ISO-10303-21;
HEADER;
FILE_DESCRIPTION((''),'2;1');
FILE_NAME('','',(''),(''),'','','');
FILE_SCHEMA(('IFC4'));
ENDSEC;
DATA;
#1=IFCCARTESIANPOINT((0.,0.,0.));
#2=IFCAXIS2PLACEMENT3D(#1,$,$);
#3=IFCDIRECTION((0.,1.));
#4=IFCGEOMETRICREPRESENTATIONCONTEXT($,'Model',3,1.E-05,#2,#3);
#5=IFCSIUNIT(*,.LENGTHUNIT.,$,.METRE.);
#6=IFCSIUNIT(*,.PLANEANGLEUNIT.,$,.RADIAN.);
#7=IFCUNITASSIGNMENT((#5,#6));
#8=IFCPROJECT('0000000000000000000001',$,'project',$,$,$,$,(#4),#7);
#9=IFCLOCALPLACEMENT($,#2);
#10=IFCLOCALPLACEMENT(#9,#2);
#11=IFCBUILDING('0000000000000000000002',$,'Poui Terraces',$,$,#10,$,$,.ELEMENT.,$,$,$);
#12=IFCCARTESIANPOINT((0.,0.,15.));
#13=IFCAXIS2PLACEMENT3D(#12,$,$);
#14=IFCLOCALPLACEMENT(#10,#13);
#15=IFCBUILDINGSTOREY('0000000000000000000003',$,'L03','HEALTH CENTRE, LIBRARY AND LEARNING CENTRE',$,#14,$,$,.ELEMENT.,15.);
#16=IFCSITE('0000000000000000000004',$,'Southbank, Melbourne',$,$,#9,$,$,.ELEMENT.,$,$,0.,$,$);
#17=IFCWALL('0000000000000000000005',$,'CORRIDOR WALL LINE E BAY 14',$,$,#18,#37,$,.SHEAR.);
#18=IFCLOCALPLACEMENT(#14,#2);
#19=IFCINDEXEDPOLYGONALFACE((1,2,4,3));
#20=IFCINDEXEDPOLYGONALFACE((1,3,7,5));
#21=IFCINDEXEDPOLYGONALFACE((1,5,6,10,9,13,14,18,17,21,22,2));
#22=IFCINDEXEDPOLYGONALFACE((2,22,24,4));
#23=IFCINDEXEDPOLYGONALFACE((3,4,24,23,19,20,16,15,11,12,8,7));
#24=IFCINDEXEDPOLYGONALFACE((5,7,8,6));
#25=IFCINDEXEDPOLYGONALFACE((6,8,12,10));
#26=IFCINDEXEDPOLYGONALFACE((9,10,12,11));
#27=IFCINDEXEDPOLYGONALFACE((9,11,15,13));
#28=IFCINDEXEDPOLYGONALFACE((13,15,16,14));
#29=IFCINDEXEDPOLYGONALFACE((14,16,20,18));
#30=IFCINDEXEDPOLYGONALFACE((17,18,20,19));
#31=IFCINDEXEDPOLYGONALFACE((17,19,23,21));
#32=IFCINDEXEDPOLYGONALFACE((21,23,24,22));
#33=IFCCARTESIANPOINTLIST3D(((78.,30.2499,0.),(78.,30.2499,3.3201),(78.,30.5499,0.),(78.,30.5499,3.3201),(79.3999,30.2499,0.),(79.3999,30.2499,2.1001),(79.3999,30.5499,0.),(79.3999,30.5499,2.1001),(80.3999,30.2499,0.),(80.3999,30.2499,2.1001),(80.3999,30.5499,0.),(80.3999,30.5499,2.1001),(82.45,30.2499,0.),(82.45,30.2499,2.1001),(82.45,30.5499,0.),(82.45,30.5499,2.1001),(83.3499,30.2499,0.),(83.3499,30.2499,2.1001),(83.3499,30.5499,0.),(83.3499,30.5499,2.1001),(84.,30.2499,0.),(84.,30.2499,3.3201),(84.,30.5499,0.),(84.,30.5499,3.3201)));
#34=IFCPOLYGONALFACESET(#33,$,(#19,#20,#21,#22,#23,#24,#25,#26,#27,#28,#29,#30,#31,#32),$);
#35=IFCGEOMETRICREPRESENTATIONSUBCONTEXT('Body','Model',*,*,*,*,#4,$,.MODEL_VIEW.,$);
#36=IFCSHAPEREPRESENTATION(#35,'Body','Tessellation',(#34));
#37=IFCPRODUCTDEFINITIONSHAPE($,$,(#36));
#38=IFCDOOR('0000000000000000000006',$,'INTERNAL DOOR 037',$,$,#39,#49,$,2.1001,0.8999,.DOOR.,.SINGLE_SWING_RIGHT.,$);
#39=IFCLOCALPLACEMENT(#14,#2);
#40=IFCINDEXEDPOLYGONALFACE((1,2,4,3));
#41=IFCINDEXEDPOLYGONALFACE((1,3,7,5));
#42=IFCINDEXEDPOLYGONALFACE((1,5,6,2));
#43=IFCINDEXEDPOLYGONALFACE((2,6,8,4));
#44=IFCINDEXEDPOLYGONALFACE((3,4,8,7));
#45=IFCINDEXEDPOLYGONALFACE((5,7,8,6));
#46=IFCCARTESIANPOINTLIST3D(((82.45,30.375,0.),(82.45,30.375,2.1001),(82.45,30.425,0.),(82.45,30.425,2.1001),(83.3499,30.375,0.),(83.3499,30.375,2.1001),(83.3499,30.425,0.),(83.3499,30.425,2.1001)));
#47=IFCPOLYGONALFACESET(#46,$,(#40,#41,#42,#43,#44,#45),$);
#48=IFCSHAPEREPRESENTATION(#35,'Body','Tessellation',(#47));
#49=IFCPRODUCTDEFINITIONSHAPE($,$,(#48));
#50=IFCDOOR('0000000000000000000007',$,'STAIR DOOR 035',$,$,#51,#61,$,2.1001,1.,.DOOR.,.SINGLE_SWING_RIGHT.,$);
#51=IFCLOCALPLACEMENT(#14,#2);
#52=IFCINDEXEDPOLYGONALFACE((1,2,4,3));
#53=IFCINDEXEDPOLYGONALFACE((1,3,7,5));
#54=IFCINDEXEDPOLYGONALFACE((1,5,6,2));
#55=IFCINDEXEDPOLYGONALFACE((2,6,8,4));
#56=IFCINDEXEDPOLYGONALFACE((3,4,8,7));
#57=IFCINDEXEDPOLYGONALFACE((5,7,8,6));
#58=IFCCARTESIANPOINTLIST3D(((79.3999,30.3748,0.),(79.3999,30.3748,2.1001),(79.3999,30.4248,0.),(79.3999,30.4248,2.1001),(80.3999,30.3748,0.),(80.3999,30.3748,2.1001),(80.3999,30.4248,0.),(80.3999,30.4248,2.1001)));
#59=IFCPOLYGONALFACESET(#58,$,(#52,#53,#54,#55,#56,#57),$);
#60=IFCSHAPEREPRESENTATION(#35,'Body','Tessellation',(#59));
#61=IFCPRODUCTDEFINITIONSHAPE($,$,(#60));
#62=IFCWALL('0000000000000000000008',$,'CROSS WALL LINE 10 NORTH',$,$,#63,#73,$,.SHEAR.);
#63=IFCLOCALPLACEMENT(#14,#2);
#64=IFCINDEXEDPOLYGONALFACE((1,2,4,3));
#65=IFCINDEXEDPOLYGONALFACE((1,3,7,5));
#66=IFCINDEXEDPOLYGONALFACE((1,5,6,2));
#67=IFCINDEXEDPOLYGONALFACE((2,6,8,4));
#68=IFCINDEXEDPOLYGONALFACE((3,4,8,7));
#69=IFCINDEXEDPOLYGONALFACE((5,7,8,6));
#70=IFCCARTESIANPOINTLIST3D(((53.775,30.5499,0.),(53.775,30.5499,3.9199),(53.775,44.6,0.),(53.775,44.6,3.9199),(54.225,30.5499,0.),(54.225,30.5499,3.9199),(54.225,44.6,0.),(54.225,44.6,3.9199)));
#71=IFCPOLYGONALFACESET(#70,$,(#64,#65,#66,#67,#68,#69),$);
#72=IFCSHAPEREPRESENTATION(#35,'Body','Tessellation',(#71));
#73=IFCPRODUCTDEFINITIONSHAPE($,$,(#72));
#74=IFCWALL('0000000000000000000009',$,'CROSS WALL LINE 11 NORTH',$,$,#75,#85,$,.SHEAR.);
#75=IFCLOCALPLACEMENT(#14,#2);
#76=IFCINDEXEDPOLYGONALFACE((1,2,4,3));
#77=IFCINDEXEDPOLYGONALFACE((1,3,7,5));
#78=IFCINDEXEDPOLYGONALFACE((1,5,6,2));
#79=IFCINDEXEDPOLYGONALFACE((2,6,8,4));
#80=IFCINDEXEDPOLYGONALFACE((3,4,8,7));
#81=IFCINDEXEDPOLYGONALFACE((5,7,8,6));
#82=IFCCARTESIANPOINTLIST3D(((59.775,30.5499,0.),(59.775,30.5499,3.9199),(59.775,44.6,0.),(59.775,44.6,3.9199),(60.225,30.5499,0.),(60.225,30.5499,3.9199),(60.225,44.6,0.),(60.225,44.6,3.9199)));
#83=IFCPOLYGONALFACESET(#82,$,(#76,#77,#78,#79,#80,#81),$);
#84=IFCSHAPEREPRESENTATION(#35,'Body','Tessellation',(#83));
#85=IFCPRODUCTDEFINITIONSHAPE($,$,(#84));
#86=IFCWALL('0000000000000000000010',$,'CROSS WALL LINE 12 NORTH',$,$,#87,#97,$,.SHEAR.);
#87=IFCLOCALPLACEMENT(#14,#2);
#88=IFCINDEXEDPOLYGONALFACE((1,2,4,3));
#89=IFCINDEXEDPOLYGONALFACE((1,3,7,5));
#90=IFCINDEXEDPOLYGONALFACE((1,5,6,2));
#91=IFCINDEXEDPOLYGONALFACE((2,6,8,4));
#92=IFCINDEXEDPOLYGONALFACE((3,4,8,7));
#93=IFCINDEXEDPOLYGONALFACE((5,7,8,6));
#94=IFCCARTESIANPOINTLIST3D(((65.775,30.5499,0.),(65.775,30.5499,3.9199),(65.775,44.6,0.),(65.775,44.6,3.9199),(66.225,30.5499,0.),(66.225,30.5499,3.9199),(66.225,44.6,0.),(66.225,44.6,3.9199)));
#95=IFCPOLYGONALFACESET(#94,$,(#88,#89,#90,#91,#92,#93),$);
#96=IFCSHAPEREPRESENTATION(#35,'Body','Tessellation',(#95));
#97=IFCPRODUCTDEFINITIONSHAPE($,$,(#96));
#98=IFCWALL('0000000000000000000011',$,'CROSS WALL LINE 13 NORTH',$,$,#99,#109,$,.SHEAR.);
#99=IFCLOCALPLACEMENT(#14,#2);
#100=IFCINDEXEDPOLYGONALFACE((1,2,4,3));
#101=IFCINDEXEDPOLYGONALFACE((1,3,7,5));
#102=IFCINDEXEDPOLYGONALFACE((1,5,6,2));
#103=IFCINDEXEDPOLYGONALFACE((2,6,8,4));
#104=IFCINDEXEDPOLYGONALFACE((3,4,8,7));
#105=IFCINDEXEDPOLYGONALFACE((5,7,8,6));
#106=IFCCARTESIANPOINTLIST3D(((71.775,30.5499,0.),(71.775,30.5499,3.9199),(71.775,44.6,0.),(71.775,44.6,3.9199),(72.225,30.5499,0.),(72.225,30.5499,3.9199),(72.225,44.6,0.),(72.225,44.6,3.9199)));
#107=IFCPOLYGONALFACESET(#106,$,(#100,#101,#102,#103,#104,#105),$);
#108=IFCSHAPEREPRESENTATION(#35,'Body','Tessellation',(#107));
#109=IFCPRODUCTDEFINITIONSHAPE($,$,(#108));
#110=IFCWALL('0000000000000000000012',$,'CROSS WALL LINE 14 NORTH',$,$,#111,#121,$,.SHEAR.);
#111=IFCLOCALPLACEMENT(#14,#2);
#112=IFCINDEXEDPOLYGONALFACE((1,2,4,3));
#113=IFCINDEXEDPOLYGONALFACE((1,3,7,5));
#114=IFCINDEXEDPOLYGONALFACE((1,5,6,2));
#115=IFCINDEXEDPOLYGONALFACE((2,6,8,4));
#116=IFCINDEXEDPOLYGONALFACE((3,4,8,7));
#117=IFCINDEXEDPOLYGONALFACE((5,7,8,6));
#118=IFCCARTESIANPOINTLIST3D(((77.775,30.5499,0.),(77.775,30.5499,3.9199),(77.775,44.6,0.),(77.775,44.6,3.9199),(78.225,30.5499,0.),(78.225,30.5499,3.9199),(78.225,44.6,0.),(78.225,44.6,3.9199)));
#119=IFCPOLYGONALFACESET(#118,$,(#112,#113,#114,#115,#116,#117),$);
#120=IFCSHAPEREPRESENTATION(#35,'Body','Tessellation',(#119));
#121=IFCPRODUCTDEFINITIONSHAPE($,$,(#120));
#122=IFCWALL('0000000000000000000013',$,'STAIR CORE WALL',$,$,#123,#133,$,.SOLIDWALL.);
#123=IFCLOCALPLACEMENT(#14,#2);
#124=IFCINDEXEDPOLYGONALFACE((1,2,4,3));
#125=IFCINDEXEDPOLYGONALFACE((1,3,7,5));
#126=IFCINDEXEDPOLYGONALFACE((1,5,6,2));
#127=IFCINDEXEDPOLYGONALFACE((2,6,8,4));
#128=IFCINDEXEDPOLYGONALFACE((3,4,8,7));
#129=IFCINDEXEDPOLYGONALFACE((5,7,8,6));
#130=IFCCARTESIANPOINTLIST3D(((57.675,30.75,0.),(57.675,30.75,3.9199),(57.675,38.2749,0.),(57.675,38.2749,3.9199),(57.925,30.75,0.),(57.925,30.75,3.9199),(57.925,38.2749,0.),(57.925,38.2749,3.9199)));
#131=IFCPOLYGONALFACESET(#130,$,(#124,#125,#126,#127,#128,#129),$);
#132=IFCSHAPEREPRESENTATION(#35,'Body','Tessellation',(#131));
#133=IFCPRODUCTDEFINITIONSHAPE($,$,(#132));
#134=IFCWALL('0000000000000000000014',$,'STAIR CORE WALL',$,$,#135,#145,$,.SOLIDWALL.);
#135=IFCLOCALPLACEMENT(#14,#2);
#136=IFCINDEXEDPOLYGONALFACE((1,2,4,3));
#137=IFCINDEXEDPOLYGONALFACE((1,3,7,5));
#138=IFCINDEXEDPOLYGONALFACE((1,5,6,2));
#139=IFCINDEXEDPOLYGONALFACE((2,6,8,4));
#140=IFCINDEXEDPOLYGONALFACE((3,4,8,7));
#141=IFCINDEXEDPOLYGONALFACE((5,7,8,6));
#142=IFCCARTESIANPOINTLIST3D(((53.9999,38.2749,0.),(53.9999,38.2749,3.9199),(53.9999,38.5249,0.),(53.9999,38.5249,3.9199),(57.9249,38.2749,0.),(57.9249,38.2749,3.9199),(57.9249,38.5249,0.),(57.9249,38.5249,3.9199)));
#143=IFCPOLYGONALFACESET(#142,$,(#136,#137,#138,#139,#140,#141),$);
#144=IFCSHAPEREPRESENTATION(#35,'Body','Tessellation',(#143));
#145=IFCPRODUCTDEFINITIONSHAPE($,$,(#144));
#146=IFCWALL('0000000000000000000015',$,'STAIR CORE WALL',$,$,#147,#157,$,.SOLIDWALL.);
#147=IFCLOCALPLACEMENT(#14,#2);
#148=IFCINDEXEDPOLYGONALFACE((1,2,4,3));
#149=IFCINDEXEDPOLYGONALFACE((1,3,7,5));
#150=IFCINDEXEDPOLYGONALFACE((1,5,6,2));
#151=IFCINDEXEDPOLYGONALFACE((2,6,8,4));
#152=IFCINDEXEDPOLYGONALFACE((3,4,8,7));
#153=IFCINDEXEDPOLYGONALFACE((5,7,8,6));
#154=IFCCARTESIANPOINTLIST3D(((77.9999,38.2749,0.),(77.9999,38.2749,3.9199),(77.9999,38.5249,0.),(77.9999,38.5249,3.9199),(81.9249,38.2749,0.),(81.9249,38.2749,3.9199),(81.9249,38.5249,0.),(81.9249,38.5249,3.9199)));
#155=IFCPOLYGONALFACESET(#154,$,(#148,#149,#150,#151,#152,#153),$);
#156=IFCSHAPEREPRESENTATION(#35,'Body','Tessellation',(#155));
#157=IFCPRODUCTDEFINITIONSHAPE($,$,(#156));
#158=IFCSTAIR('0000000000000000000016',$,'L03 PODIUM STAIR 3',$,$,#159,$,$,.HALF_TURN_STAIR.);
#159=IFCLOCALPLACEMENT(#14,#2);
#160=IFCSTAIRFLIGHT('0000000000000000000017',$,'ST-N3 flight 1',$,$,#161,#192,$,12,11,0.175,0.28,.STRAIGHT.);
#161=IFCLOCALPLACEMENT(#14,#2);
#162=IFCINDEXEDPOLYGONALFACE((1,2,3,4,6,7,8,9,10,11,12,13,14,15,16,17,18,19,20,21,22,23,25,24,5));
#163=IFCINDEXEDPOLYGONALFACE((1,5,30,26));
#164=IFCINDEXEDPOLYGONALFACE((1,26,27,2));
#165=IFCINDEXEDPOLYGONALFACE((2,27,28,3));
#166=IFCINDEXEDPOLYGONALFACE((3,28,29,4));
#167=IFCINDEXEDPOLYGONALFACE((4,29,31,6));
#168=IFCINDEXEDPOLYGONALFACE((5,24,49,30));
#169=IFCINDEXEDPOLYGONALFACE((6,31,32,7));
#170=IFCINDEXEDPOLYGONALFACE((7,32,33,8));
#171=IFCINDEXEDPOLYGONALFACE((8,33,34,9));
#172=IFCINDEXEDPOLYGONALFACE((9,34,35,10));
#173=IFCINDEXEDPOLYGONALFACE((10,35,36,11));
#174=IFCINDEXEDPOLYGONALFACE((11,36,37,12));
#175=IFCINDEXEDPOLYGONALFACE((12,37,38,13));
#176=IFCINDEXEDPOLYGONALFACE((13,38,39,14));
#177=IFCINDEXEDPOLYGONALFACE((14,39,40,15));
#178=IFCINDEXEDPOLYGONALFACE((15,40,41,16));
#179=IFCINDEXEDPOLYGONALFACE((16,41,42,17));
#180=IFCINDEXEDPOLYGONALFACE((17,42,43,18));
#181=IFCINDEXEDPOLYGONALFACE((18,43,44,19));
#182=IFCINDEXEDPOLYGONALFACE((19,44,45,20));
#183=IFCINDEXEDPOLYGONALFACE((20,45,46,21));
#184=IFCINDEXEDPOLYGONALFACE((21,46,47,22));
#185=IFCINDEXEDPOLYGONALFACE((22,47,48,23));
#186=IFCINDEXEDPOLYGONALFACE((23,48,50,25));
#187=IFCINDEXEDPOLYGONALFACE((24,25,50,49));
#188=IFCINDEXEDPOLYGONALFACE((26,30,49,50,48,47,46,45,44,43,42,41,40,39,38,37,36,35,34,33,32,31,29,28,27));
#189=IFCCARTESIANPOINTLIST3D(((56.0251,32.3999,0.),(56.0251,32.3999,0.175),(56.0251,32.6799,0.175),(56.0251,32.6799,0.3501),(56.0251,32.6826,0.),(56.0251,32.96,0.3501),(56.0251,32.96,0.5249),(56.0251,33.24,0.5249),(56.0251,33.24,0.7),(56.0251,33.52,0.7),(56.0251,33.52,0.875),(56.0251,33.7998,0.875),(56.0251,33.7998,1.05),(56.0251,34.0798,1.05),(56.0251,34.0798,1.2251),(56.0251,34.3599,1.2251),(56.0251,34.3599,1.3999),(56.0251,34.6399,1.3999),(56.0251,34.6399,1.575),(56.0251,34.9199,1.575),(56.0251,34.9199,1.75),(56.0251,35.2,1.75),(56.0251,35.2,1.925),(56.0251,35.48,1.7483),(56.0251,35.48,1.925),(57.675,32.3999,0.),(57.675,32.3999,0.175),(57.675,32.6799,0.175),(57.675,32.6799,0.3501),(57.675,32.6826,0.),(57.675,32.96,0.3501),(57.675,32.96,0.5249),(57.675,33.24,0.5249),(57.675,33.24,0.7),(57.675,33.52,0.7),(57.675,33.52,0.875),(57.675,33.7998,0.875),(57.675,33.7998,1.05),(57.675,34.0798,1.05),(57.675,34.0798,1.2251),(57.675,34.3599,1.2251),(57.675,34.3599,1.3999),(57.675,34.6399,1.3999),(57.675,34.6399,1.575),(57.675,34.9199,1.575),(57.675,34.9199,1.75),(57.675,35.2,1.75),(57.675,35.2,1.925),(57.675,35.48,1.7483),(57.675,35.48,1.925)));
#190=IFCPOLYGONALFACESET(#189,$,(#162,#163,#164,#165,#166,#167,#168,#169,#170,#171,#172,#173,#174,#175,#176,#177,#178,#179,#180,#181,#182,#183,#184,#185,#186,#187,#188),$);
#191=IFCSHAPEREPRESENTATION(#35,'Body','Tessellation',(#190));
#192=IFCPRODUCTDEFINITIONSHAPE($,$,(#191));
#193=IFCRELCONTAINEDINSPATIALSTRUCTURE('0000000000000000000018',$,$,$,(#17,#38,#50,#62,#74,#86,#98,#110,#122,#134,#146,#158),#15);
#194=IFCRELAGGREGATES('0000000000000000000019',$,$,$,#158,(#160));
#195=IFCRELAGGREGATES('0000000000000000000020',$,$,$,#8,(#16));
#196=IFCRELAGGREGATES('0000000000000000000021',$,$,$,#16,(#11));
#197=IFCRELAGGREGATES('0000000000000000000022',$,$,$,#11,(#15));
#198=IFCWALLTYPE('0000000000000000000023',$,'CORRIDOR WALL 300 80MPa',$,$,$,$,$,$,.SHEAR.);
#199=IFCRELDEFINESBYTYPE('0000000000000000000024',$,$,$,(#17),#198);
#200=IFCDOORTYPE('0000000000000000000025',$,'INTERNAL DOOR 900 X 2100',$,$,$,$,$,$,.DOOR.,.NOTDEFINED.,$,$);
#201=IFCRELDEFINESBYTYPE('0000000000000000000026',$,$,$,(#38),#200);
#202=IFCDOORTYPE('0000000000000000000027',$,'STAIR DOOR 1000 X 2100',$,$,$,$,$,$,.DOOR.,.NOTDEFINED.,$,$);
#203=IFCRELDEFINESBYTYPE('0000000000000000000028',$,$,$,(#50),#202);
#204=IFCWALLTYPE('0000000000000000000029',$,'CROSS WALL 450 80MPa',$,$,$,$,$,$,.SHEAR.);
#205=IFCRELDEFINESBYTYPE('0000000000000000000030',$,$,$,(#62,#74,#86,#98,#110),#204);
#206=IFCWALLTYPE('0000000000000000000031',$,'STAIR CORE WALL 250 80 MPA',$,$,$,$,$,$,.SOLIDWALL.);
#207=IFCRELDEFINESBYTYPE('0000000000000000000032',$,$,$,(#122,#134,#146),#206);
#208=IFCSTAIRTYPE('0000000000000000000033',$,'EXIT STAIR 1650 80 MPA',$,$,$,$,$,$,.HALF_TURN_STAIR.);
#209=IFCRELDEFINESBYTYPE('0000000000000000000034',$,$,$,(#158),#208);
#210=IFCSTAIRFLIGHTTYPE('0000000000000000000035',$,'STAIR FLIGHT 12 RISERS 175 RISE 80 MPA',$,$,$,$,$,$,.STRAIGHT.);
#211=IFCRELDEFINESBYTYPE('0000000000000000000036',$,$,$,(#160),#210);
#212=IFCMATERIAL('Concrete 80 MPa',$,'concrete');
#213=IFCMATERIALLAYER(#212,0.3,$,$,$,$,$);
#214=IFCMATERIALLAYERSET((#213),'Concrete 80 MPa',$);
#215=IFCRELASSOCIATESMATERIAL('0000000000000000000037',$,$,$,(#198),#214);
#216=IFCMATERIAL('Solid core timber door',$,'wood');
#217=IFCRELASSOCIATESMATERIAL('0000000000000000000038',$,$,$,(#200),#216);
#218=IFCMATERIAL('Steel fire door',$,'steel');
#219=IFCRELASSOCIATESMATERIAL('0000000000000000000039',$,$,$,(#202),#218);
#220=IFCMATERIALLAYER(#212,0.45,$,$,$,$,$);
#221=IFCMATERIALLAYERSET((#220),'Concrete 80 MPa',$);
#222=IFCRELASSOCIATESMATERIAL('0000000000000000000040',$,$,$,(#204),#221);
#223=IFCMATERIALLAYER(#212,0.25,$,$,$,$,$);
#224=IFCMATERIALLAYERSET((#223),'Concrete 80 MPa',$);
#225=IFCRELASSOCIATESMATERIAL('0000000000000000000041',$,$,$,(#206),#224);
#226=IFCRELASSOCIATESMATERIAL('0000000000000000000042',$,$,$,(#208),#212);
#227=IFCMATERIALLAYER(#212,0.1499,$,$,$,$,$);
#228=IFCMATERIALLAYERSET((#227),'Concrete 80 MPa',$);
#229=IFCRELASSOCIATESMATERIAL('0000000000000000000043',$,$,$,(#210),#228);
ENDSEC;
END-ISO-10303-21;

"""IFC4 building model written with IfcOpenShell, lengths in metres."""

from ifc_helpers import new_model, si_unit, direction, frame, frame_2d, origin, place, context, subcontext, project, spatial, polyline, rectangle, outline, extrude, material, layer, layer_set, type_object, element, fill, aggregate, save


model = new_model("IFC4")

# Units and contexts
model_context = context("Model", 3, precision=1e-05, world=origin(), true_north=direction((0.0, 1.0)))
body_context = subcontext(model_context, "Body", "Model", "MODEL_VIEW")
ifc_project = project(units=[si_unit("LENGTHUNIT", "METRE"), si_unit("PLANEANGLEUNIT", "RADIAN")], contexts=[model_context])

# Site, building, storey
site_placement = place(None, origin())
site = spatial("IfcSite", under=ifc_project, at=site_placement, Name="Southbank, Melbourne", CompositionType="ELEMENT", RefElevation=0.0)
building_placement = place(site_placement, origin())
building = spatial("IfcBuilding", under=site, at=building_placement, Name="Poui Terraces", CompositionType="ELEMENT")
storey_placement = place(building_placement, frame((0.0, 0.0, 15.0)))
storey = spatial("IfcBuildingStorey", under=building, at=storey_placement, Name="L03", Description="HEALTH CENTRE, LIBRARY AND LEARNING CENTRE", CompositionType="ELEMENT", Elevation=15.0)

# Shared definitions
ifc_material_1 = material(Name="Concrete 80 MPa", Category="concrete")

# Shared definitions
ifc_material_2 = material(Name="Solid core timber door", Category="wood")

# Shared definitions
ifc_material_3 = material(Name="Steel fire door", Category="steel")

# Wall, openings, doors
ifc_layer_1 = layer(ifc_material_1, 0.3)
ifc_layer_set_1 = layer_set([ifc_layer_1], Name="Concrete 80 MPa")
wall_type_1 = type_object("IfcWallType", Name="CORRIDOR WALL 300 80MPa", PredefinedType="SHEAR", material=ifc_layer_set_1)
wall_1_placement = place(storey_placement, frame((78.0, 30.3999, 0.0), z_axis=(0.0, 0.0, 1.0), x_axis=(1.0, 0.0, 0.0)))
wall_1 = element("IfcWall", 1, at=wall_1_placement, inside=storey, type_object=wall_type_1, Name="CORRIDOR WALL LINE E BAY 14", PredefinedType="SHEAR", context=body_context, shape_type="SweptSolid", body=[
    extrude(rectangle(XDim=6.0, YDim=0.3, at=frame_2d((3.0, 0.0))), origin(), (0.0, 0.0, 1.0), 3.3201),
])
opening_1_placement = place(wall_1_placement, frame((1.3999, 0.0, 0.0)))
opening_1 = element("IfcOpeningElement", 2, at=opening_1_placement, cuts=wall_1, PredefinedType="OPENING", context=body_context, shape_type="SweptSolid", body=[
    extrude(rectangle(XDim=1.0, YDim=2.1001, at=frame_2d((0.5, 1.05))), frame((0.0, 0.1602, 0.0), z_axis=(0.0, -1.0, 0.0), x_axis=(1.0, 0.0, 0.0)), (0.0, 0.0, 1.0), 0.3201),
])
opening_2_placement = place(wall_1_placement, frame((4.45, 0.0, 0.0)))
opening_2 = element("IfcOpeningElement", 3, at=opening_2_placement, cuts=wall_1, PredefinedType="OPENING", context=body_context, shape_type="SweptSolid", body=[
    extrude(rectangle(XDim=0.8999, YDim=2.1001, at=frame_2d((0.45, 1.05))), frame((0.0, 0.1602, 0.0), z_axis=(0.0, -1.0, 0.0), x_axis=(1.0, 0.0, 0.0)), (0.0, 0.0, 1.0), 0.3201),
])
door_type_1 = type_object("IfcDoorType", Name="INTERNAL DOOR 900 X 2100", OperationType="NOTDEFINED", PredefinedType="DOOR", material=ifc_material_2)
door_1_placement = place(opening_2_placement, frame((0.8999, 0.0, 0.0), z_axis=(0.0, 0.0, 1.0), x_axis=(-1.0, 0.0, 0.0)))
door_1 = element("IfcDoor", 4, at=door_1_placement, inside=storey, type_object=door_type_1, Name="INTERNAL DOOR 037", OperationType="SINGLE_SWING_RIGHT", OverallHeight=2.1001, OverallWidth=0.8999, PredefinedType="DOOR", context=body_context, shape_type="SweptSolid", body=[
    extrude(rectangle(XDim=0.8999, YDim=2.1001, at=frame_2d((0.45, 1.05))), frame((0.0, 0.0249, 0.0), z_axis=(0.0, -1.0, 0.0), x_axis=(1.0, 0.0, 0.0)), (0.0, 0.0, 1.0), 0.05),
])
fill(opening_2, door_1)
door_type_2 = type_object("IfcDoorType", Name="STAIR DOOR 1000 X 2100", OperationType="NOTDEFINED", PredefinedType="DOOR", material=ifc_material_3)
door_2_placement = place(opening_1_placement, origin())
door_2 = element("IfcDoor", 5, at=door_2_placement, inside=storey, type_object=door_type_2, Name="STAIR DOOR 035", OperationType="SINGLE_SWING_RIGHT", OverallHeight=2.1001, OverallWidth=1.0, PredefinedType="DOOR", context=body_context, shape_type="SweptSolid", body=[
    extrude(rectangle(XDim=1.0, YDim=2.1001, at=frame_2d((0.5, 1.05))), frame((0.0, 0.0249, 0.0), z_axis=(0.0, -1.0, 0.0), x_axis=(1.0, 0.0, 0.0)), (0.0, 0.0, 1.0), 0.05),
])
fill(opening_1, door_2)

# Walls
ifc_layer_2 = layer(ifc_material_1, 0.45)
ifc_layer_set_2 = layer_set([ifc_layer_2], Name="Concrete 80 MPa")
wall_type_2 = type_object("IfcWallType", Name="CROSS WALL 450 80MPa", PredefinedType="SHEAR", material=ifc_layer_set_2)
for number, where, z_axis, x_axis, name in (
    (6, (54.0, 30.55, 0.0), (0.0, 0.0, 1.0), (0.0, 1.0, 0.0), "CROSS WALL LINE 10 NORTH"),
    (7, (60.0, 30.55, 0.0), (0.0, 0.0, 1.0), (0.0, 1.0, 0.0), "CROSS WALL LINE 11 NORTH"),
    (8, (66.0, 30.55, 0.0), (0.0, 0.0, 1.0), (0.0, 1.0, 0.0), "CROSS WALL LINE 12 NORTH"),
    (9, (72.0, 30.55, 0.0), (0.0, 0.0, 1.0), (0.0, 1.0, 0.0), "CROSS WALL LINE 13 NORTH"),
    (10, (78.0, 30.55, 0.0), (0.0, 0.0, 1.0), (0.0, 1.0, 0.0), "CROSS WALL LINE 14 NORTH"),
):
    element("IfcWall", number, at=place(storey_placement, frame(where, z_axis=z_axis, x_axis=x_axis)), inside=storey, type_object=wall_type_2, Name=name, PredefinedType="SHEAR", context=body_context, shape_type="SweptSolid", body=[
        extrude(rectangle(XDim=14.05, YDim=0.45, at=frame_2d((7.0249, 0.0))), origin(), (0.0, 0.0, 1.0), 3.9199),
    ])
ifc_layer_3 = layer(ifc_material_1, 0.25)
ifc_layer_set_3 = layer_set([ifc_layer_3], Name="Concrete 80 MPa")
wall_type_3 = type_object("IfcWallType", Name="STAIR CORE WALL 250 80 MPA", PredefinedType="SOLIDWALL", material=ifc_layer_set_3)
wall_2_placement = place(storey_placement, frame((57.8, 30.75, 0.0), z_axis=(0.0, 0.0, 1.0), x_axis=(0.0, 1.0, 0.0)))
element("IfcWall", 11, at=wall_2_placement, inside=storey, type_object=wall_type_3, Name="STAIR CORE WALL", PredefinedType="SOLIDWALL", context=body_context, shape_type="SweptSolid", body=[
    extrude(rectangle(XDim=7.5249, YDim=0.25, at=frame_2d((3.7625, 0.0))), origin(), (0.0, 0.0, 1.0), 3.9199),
])
for number, where, z_axis, x_axis, name in (
    (12, (54.0, 38.3999, 0.0), (0.0, 0.0, 1.0), (1.0, 0.0, 0.0), "STAIR CORE WALL"),
    (13, (78.0, 38.3999, 0.0), (0.0, 0.0, 1.0), (1.0, 0.0, 0.0), "STAIR CORE WALL"),
):
    element("IfcWall", number, at=place(storey_placement, frame(where, z_axis=z_axis, x_axis=x_axis)), inside=storey, type_object=wall_type_3, Name=name, PredefinedType="SOLIDWALL", context=body_context, shape_type="SweptSolid", body=[
        extrude(rectangle(XDim=3.925, YDim=0.25, at=frame_2d((1.9624, 0.0))), origin(), (0.0, 0.0, 1.0), 3.9199),
    ])

# Stair, stair flight
stair_type = type_object("IfcStairType", Name="EXIT STAIR 1650 80 MPA", PredefinedType="HALF_TURN_STAIR", material=ifc_material_1)
stair_placement = place(storey_placement, origin())
stair = element("IfcStair", 14, at=stair_placement, inside=storey, type_object=stair_type, Name="L03 PODIUM STAIR 3", PredefinedType="HALF_TURN_STAIR")
ifc_layer_4 = layer(ifc_material_1, 0.1499)
ifc_layer_set_4 = layer_set([ifc_layer_4], Name="Concrete 80 MPa")
stair_flight_type = type_object("IfcStairFlightType", Name="STAIR FLIGHT 12 RISERS 175 RISE 80 MPA", PredefinedType="STRAIGHT", material=ifc_layer_set_4)
stair_flight_1_placement = place(storey_placement, frame((56.8501, 32.3999, 0.0), z_axis=(0.0, 0.0, 1.0), x_axis=(0.0, 1.0, 0.0)))
stair_flight_1 = element("IfcStairFlight", 15, at=stair_flight_1_placement, type_object=stair_flight_type, Name="ST-N3 flight 1", NumberOfRisers=12, NumberOfTreads=11, PredefinedType="STRAIGHT", RiserHeight=0.175, TreadLength=0.28, context=body_context, shape_type="SweptSolid", body=[
    extrude(outline(polyline([(0.0, 0.0), (0.0, 0.175), (0.28, 0.175), (0.28, 0.3501), (0.5601, 0.3501), (0.5601, 0.5249), (0.8401, 0.5249), (0.8401, 0.7), (1.1201, 0.7), (1.1201, 0.875), (1.3999, 0.875), (1.3999, 1.05), (1.6799, 1.05), (1.6799, 1.2251), (1.96, 1.2251), (1.96, 1.3999), (2.24, 1.3999), (2.24, 1.575), (2.52, 1.575), (2.52, 1.75), (2.8, 1.75), (2.8, 1.925), (3.0801, 1.925), (3.0801, 2.1001), (3.0801, 1.7483), (0.2827, 0.0), (0.0, 0.0)])), frame((0.0, 0.825, 0.0), z_axis=(0.0, -1.0, 0.0), x_axis=(1.0, 0.0, 0.0)), (0.0, 0.0, 1.0), 1.6499),
])
aggregate(stair, [stair_flight_1])

save(model, "model.ifc")
